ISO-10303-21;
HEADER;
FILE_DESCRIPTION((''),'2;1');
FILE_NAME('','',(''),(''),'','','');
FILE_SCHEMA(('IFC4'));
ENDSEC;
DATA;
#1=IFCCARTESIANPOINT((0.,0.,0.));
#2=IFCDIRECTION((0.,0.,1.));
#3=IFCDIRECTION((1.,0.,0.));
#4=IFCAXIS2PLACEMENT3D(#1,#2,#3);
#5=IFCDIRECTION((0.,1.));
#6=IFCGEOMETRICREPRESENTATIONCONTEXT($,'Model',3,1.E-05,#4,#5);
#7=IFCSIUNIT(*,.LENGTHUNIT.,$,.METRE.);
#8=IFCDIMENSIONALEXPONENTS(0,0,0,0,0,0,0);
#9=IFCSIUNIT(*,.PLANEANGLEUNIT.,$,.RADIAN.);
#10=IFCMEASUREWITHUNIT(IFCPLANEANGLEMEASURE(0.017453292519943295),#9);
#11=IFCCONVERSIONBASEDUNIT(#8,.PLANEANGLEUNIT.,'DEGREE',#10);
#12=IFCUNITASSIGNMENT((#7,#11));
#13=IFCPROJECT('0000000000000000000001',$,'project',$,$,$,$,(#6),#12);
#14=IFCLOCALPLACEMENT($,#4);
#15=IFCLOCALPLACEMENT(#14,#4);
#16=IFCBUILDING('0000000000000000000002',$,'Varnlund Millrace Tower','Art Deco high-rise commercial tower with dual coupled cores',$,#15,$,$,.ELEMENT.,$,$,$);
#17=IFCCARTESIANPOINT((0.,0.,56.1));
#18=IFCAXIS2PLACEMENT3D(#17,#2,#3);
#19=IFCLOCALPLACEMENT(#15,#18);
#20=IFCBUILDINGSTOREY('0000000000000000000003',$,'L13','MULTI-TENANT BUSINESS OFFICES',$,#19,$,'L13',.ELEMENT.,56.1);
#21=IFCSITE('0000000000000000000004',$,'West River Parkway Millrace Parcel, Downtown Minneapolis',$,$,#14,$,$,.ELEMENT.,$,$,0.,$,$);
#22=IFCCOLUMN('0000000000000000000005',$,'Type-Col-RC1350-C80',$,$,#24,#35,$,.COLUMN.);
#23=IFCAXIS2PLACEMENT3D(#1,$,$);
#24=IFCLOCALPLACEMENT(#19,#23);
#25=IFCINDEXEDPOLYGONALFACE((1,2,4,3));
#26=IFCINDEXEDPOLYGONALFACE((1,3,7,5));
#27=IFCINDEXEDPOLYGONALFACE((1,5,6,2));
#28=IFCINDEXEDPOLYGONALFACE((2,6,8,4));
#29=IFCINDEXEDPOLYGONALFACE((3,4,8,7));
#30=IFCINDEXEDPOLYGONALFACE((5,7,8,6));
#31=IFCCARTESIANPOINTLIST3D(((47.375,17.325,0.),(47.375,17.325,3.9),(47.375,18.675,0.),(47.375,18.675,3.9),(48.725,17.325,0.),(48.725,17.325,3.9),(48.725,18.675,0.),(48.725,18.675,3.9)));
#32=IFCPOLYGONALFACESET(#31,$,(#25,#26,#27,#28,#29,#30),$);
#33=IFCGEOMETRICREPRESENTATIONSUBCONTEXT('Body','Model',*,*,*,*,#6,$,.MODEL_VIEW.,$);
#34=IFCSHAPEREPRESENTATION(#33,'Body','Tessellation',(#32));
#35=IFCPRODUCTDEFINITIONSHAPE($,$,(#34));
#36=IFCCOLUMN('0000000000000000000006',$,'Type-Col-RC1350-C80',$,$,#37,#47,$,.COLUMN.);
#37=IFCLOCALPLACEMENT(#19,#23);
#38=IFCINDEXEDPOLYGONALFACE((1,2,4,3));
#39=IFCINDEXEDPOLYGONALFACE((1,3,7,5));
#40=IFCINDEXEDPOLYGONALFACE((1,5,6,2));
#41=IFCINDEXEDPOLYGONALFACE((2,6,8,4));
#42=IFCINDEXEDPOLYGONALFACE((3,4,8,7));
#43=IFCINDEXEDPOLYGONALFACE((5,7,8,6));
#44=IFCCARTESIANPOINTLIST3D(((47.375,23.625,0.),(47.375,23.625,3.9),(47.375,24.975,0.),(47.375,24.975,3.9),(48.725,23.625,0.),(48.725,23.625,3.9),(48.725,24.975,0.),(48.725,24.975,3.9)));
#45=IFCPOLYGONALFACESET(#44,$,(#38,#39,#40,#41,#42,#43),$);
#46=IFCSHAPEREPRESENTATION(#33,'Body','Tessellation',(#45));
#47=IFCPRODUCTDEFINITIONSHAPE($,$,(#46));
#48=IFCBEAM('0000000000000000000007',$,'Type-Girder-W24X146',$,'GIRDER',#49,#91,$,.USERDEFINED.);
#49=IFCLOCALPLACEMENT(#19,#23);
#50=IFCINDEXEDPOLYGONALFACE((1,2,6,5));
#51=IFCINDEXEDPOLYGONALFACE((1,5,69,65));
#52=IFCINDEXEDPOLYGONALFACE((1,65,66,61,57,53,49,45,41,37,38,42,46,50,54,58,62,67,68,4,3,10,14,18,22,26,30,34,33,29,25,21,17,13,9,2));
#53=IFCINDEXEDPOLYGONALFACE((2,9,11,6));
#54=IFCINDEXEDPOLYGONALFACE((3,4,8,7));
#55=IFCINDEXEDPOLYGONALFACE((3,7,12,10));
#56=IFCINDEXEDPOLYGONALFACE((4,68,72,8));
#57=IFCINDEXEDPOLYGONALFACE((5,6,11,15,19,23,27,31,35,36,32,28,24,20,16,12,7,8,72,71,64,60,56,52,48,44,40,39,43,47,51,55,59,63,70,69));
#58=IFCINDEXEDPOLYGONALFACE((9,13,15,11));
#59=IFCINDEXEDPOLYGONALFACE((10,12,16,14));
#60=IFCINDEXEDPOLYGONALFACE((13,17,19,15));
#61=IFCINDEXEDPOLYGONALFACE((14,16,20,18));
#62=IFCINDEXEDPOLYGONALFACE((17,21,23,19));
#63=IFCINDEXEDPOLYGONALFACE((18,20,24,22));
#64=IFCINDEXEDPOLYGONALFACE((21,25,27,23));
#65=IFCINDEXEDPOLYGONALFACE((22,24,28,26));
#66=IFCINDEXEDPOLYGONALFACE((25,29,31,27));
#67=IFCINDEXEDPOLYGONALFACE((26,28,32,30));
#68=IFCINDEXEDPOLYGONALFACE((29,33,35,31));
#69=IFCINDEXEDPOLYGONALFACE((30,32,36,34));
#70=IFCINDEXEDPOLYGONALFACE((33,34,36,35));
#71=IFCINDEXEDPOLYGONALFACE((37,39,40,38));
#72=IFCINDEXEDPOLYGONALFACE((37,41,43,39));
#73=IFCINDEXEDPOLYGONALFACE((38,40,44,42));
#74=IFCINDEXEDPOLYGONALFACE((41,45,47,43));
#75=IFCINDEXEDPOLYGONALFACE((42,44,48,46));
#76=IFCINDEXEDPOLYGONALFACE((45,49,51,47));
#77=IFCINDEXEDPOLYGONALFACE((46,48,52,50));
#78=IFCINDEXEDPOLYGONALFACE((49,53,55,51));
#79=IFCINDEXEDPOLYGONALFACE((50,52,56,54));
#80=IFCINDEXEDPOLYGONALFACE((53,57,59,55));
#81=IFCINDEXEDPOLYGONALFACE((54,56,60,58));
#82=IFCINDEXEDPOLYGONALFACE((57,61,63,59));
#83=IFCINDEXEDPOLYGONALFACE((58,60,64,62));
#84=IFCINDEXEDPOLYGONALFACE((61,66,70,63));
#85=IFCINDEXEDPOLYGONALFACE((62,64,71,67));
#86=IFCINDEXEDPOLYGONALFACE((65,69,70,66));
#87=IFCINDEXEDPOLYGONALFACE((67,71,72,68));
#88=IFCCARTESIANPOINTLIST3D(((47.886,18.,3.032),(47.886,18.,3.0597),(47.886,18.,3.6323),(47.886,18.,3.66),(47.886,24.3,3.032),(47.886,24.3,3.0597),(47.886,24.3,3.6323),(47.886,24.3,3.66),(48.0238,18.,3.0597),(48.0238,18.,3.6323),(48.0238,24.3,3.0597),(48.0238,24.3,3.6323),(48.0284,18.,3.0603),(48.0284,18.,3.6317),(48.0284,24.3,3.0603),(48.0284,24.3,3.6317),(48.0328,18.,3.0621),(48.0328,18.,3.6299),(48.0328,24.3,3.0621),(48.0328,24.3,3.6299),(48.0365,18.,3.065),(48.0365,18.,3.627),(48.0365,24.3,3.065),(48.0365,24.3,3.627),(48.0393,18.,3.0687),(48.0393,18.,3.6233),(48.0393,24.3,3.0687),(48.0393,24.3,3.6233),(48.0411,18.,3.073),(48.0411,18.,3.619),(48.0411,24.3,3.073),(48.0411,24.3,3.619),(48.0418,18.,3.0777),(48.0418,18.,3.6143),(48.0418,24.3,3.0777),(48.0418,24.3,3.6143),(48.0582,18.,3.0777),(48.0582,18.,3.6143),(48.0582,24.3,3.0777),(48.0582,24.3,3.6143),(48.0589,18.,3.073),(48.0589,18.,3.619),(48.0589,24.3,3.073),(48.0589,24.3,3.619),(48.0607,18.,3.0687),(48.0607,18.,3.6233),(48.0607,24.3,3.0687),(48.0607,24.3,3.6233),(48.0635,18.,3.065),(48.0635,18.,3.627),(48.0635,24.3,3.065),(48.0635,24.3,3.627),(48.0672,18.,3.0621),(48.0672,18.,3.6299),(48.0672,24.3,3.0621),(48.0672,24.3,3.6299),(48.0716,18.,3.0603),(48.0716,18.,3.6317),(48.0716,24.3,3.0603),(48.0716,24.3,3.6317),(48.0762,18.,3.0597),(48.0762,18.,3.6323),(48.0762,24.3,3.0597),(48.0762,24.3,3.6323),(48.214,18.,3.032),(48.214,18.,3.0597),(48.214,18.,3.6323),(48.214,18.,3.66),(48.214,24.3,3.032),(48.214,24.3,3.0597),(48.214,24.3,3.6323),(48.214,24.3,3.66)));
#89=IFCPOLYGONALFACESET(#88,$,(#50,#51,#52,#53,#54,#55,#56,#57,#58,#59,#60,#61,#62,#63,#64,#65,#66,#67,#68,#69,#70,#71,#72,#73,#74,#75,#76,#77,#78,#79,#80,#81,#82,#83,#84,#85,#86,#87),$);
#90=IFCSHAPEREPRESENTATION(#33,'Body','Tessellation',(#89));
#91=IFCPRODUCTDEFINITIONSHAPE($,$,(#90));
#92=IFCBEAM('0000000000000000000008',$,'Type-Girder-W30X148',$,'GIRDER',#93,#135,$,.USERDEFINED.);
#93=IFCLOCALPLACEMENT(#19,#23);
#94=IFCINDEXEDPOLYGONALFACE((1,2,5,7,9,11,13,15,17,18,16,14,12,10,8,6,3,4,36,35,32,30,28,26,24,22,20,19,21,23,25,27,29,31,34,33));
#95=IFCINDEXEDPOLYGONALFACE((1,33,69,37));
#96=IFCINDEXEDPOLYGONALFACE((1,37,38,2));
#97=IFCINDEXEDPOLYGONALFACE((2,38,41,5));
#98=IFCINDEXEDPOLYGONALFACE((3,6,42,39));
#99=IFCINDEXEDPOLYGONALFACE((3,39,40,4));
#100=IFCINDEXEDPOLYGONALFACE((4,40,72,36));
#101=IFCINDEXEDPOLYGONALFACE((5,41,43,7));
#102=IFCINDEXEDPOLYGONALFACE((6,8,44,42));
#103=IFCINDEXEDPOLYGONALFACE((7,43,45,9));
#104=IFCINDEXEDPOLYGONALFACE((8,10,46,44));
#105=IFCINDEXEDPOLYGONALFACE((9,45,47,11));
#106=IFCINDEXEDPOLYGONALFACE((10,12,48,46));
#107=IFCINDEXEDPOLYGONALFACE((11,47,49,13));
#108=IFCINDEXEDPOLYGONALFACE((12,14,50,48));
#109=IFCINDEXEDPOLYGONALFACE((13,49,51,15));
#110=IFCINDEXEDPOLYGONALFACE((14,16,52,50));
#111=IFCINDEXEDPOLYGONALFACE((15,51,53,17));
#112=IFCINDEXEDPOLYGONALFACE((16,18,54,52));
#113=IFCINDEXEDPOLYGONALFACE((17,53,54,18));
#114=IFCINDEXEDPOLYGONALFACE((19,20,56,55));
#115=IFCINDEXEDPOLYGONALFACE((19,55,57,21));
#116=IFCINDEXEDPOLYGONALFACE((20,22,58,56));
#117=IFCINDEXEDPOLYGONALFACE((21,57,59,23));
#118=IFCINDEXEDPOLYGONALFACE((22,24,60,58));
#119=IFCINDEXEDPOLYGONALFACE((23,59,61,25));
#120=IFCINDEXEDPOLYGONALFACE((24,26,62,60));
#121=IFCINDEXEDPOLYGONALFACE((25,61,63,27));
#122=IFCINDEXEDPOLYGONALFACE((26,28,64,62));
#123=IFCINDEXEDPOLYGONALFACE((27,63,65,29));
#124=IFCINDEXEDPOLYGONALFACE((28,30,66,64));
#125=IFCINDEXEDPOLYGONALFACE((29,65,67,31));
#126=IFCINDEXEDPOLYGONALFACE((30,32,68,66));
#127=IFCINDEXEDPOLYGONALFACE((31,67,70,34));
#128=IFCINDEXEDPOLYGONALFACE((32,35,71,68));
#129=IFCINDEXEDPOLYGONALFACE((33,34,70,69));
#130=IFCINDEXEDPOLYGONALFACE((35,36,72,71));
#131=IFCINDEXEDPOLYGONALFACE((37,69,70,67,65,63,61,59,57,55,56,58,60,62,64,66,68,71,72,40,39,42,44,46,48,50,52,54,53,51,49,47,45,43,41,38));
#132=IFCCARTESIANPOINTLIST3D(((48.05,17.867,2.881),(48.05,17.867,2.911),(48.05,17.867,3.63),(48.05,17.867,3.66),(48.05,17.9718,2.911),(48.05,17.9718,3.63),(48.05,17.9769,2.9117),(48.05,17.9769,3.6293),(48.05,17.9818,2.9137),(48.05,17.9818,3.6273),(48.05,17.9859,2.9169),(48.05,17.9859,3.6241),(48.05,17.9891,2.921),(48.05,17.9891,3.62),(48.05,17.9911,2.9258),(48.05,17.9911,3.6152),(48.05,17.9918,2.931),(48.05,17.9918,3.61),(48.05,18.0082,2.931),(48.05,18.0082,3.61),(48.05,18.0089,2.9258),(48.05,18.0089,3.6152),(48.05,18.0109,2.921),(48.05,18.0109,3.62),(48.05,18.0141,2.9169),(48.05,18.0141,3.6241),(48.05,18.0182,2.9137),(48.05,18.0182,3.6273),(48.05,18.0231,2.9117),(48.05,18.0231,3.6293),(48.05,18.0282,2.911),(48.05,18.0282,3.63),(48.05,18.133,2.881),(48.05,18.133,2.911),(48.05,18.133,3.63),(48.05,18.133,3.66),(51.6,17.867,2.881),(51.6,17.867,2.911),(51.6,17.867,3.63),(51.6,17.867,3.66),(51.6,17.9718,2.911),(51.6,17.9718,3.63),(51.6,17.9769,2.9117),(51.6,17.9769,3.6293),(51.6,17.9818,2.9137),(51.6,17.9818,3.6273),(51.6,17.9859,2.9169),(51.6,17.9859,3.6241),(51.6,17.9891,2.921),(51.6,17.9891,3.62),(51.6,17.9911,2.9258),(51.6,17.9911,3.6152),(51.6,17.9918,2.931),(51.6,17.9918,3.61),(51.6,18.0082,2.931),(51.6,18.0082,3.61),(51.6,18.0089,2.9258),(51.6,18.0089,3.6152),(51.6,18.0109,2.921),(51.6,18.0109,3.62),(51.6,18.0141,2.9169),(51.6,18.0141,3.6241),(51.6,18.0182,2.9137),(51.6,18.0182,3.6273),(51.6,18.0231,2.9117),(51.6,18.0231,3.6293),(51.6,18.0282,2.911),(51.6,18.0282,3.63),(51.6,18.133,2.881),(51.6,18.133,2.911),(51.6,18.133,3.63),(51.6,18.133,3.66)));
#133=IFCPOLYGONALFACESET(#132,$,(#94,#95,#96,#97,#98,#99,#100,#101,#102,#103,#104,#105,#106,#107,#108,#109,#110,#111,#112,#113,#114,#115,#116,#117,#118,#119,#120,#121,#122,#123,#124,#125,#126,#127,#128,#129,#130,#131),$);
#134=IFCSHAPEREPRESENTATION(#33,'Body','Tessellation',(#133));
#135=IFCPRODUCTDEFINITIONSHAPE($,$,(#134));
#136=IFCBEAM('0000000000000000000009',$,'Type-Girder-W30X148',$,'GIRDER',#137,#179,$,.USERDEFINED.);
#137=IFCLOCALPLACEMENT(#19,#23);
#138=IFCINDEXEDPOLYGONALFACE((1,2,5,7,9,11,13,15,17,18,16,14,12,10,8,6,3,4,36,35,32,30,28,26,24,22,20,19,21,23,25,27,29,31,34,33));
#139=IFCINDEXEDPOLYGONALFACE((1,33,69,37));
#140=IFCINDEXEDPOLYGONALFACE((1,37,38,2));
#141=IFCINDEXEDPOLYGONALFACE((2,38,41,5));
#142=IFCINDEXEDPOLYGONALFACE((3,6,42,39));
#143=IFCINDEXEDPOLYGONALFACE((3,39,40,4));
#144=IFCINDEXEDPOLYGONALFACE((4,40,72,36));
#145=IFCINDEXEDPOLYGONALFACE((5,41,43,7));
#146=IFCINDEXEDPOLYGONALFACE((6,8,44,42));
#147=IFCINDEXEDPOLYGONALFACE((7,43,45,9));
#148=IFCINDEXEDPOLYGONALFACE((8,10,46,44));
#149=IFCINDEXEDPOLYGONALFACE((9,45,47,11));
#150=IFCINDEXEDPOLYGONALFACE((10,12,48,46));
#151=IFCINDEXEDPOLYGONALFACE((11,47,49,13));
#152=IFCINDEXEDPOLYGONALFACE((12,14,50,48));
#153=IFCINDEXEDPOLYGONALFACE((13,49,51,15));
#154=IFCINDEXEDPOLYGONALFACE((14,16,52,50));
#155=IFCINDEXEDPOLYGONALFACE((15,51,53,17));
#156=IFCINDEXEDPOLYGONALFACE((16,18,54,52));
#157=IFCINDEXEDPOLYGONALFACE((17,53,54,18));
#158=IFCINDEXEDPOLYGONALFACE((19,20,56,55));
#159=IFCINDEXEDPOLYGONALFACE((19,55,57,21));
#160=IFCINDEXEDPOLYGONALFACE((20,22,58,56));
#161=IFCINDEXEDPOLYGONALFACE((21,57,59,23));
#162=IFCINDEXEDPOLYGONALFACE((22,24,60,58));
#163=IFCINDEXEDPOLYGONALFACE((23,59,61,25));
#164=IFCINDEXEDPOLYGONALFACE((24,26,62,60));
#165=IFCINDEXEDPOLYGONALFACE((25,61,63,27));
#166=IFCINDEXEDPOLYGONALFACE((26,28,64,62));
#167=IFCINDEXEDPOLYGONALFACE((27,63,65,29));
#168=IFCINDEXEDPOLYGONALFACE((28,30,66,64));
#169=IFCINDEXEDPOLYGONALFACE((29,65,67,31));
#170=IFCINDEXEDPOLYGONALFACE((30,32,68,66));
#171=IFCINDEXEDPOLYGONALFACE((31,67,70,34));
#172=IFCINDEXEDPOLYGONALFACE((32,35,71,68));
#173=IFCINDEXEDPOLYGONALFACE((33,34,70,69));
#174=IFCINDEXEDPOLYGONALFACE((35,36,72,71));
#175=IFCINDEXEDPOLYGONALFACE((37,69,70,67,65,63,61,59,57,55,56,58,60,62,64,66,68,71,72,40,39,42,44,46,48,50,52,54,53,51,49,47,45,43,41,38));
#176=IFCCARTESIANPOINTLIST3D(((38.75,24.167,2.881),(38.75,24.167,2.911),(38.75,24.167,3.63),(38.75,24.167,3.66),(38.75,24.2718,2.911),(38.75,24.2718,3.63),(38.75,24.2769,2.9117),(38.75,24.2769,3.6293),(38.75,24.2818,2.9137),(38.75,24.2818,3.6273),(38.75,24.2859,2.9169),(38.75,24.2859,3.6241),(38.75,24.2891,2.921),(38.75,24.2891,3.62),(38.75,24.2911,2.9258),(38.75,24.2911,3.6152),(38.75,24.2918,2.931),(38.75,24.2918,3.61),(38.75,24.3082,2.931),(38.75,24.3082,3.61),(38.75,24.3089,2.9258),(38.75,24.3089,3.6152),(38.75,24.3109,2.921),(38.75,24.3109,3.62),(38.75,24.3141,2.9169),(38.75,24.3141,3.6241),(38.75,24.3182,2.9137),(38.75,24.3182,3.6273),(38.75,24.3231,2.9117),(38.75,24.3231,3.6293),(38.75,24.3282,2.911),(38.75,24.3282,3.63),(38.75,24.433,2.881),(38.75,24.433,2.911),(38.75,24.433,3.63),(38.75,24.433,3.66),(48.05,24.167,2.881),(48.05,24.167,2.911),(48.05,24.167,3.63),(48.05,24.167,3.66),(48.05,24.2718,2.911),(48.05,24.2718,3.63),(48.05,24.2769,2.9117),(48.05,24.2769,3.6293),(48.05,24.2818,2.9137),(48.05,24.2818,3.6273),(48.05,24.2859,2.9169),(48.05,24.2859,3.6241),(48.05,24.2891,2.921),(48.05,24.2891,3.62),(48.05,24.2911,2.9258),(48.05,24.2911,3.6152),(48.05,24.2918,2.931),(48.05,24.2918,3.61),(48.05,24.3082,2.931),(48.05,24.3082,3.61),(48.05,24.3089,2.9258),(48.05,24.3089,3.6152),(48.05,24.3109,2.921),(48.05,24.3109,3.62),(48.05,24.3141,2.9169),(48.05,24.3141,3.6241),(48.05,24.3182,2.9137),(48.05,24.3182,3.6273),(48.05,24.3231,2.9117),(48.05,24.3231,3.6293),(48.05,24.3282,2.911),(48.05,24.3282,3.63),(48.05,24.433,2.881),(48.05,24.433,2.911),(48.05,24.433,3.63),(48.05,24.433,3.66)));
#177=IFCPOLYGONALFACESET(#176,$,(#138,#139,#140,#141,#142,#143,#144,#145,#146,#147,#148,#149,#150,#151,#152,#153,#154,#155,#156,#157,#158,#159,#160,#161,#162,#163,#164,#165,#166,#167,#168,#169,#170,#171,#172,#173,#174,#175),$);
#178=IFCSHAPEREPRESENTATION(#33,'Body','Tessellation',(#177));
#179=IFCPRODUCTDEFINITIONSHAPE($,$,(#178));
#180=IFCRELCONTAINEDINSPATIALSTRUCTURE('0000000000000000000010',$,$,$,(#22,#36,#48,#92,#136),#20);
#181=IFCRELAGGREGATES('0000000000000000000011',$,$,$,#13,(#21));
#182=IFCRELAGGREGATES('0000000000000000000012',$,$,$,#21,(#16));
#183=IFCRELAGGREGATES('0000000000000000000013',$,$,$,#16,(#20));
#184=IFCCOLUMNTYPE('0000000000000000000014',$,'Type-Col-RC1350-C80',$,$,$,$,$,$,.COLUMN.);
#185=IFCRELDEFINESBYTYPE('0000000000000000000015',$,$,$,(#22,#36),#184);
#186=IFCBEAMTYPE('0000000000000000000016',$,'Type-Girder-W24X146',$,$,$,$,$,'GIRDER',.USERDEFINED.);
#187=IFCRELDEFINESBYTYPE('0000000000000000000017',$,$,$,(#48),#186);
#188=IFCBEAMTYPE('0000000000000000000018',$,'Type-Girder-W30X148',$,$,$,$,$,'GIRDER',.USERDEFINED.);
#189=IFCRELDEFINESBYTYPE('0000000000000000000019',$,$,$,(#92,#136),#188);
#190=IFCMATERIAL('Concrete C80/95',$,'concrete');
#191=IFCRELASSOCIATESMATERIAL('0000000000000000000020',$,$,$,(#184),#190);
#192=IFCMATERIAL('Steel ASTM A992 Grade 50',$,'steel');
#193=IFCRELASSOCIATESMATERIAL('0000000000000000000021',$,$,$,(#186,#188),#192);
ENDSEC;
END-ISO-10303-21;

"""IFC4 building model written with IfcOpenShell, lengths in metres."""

from ifc_helpers import new_model, entity, si_unit, converted_unit, direction, frame, origin_with_axes, origin_2d_with_axis, place, context, subcontext, project, spatial, rectangle, i_section, extrude, material, material_profile, profile_set, type_object, element, save


model = new_model("IFC4")

# Units and contexts
model_context = context("Model", 3, precision=1e-05, world=origin_with_axes(), true_north=direction((0.0, 1.0)))
body_context = subcontext(model_context, "Body", "Model", "MODEL_VIEW")
ifc_project = project(units=[si_unit("LENGTHUNIT", "METRE"), converted_unit("PLANEANGLEUNIT", "DEGREE", entity("IfcPlaneAngleMeasure", 0.017453292519943295), si_unit("PLANEANGLEUNIT", "RADIAN"), dimensions=[0, 0, 0, 0, 0, 0, 0])], contexts=[model_context])

# Site, building, storey
site_placement = place(None, origin_with_axes())
site = spatial("IfcSite", under=ifc_project, at=site_placement, Name="West River Parkway Millrace Parcel, Downtown Minneapolis", CompositionType="ELEMENT", RefElevation=0.0)
building_placement = place(site_placement, origin_with_axes())
building = spatial("IfcBuilding", under=site, at=building_placement, Name="Varnlund Millrace Tower", Description="Art Deco high-rise commercial tower with dual coupled cores", CompositionType="ELEMENT")
storey_placement = place(building_placement, frame((0.0, 0.0, 56.1), z_axis=(0.0, 0.0, 1.0), x_axis=(1.0, 0.0, 0.0)))
storey = spatial("IfcBuildingStorey", under=building, at=storey_placement, Name="L13", Description="MULTI-TENANT BUSINESS OFFICES", LongName="L13", CompositionType="ELEMENT", Elevation=56.1)

# Columns
ifc_material_1 = material(Name="Concrete C80/95", Category="concrete")
ifc_material_profile_1 = material_profile(ifc_material_1, rectangle(XDim=1.35, YDim=1.35, at=origin_2d_with_axis()), Name="Concrete C80/95")
ifc_profile_set_1 = profile_set([ifc_material_profile_1], Name="Concrete C80/95")
column_type = type_object("IfcColumnType", Name="Type-Col-RC1350-C80", PredefinedType="COLUMN", material=ifc_profile_set_1)
for number, where, z_axis, x_axis, name in (
    (1, (48.05, 18.0, 0.0), (0.0, 0.0, 1.0), (1.0, 0.0, 0.0), "Type-Col-RC1350-C80"),
    (2, (48.05, 24.3, 0.0), (0.0, 0.0, 1.0), (1.0, 0.0, 0.0), "Type-Col-RC1350-C80"),
):
    element("IfcColumn", number, at=place(storey_placement, frame(where, z_axis=z_axis, x_axis=x_axis)), inside=storey, type_object=column_type, Name=name, PredefinedType="COLUMN", context=body_context, shape_type="SweptSolid", body=[
        extrude(rectangle(XDim=1.35, YDim=1.35, at=origin_2d_with_axis()), origin_with_axes(), (0.0, 0.0, 1.0), 3.9),
    ])

# Beams
ifc_material_2 = material(Name="Steel ASTM A992 Grade 50", Category="steel")
ifc_material_profile_2 = material_profile(ifc_material_2, i_section(OverallWidth=0.328, OverallDepth=0.628, WebThickness=0.0165, FlangeThickness=0.0277, FilletRadius=0.018, at=origin_2d_with_axis()), Name="Steel ASTM A992 Grade 50")
ifc_profile_set_2 = profile_set([ifc_material_profile_2], Name="Steel ASTM A992 Grade 50")
beam_type_1 = type_object("IfcBeamType", Name="Type-Girder-W24X146", ElementType="GIRDER", PredefinedType="USERDEFINED", material=ifc_profile_set_2)
beam_1_placement = place(storey_placement, frame((48.05, 18.0, 3.346), z_axis=(0.0, 1.0, 0.0), x_axis=(-1.0, 0.0, 0.0)))
element("IfcBeam", 3, at=beam_1_placement, inside=storey, type_object=beam_type_1, Name="Type-Girder-W24X146", ObjectType="GIRDER", PredefinedType="USERDEFINED", context=body_context, shape_type="SweptSolid", body=[
    extrude(i_section(OverallWidth=0.328, OverallDepth=0.628, WebThickness=0.0165, FlangeThickness=0.0277, FilletRadius=0.018, at=origin_2d_with_axis()), origin_with_axes(), (0.0, 0.0, 1.0), 6.3),
])
ifc_material_profile_3 = material_profile(ifc_material_2, i_section(OverallWidth=0.266, OverallDepth=0.779, WebThickness=0.0165, FlangeThickness=0.03, FilletRadius=0.02, at=origin_2d_with_axis()), Name="Steel ASTM A992 Grade 50")
ifc_profile_set_3 = profile_set([ifc_material_profile_3], Name="Steel ASTM A992 Grade 50")
beam_type_2 = type_object("IfcBeamType", Name="Type-Girder-W30X148", ElementType="GIRDER", PredefinedType="USERDEFINED", material=ifc_profile_set_3)
beam_2_placement = place(storey_placement, frame((48.05, 18.0, 3.2705), z_axis=(1.0, 0.0, 0.0), x_axis=(0.0, 1.0, 0.0)))
element("IfcBeam", 4, at=beam_2_placement, inside=storey, type_object=beam_type_2, Name="Type-Girder-W30X148", ObjectType="GIRDER", PredefinedType="USERDEFINED", context=body_context, shape_type="SweptSolid", body=[
    extrude(i_section(OverallWidth=0.266, OverallDepth=0.779, WebThickness=0.0165, FlangeThickness=0.03, FilletRadius=0.02, at=origin_2d_with_axis()), origin_with_axes(), (0.0, 0.0, 1.0), 3.55),
])
beam_3_placement = place(storey_placement, frame((38.75, 24.3, 3.2705), z_axis=(1.0, 0.0, 0.0), x_axis=(0.0, 1.0, 0.0)))
element("IfcBeam", 5, at=beam_3_placement, inside=storey, type_object=beam_type_2, Name="Type-Girder-W30X148", ObjectType="GIRDER", PredefinedType="USERDEFINED", context=body_context, shape_type="SweptSolid", body=[
    extrude(i_section(OverallWidth=0.266, OverallDepth=0.779, WebThickness=0.0165, FlangeThickness=0.03, FilletRadius=0.02, at=origin_2d_with_axis()), origin_with_axes(), (0.0, 0.0, 1.0), 9.3),
])

save(model, "model.ifc")
